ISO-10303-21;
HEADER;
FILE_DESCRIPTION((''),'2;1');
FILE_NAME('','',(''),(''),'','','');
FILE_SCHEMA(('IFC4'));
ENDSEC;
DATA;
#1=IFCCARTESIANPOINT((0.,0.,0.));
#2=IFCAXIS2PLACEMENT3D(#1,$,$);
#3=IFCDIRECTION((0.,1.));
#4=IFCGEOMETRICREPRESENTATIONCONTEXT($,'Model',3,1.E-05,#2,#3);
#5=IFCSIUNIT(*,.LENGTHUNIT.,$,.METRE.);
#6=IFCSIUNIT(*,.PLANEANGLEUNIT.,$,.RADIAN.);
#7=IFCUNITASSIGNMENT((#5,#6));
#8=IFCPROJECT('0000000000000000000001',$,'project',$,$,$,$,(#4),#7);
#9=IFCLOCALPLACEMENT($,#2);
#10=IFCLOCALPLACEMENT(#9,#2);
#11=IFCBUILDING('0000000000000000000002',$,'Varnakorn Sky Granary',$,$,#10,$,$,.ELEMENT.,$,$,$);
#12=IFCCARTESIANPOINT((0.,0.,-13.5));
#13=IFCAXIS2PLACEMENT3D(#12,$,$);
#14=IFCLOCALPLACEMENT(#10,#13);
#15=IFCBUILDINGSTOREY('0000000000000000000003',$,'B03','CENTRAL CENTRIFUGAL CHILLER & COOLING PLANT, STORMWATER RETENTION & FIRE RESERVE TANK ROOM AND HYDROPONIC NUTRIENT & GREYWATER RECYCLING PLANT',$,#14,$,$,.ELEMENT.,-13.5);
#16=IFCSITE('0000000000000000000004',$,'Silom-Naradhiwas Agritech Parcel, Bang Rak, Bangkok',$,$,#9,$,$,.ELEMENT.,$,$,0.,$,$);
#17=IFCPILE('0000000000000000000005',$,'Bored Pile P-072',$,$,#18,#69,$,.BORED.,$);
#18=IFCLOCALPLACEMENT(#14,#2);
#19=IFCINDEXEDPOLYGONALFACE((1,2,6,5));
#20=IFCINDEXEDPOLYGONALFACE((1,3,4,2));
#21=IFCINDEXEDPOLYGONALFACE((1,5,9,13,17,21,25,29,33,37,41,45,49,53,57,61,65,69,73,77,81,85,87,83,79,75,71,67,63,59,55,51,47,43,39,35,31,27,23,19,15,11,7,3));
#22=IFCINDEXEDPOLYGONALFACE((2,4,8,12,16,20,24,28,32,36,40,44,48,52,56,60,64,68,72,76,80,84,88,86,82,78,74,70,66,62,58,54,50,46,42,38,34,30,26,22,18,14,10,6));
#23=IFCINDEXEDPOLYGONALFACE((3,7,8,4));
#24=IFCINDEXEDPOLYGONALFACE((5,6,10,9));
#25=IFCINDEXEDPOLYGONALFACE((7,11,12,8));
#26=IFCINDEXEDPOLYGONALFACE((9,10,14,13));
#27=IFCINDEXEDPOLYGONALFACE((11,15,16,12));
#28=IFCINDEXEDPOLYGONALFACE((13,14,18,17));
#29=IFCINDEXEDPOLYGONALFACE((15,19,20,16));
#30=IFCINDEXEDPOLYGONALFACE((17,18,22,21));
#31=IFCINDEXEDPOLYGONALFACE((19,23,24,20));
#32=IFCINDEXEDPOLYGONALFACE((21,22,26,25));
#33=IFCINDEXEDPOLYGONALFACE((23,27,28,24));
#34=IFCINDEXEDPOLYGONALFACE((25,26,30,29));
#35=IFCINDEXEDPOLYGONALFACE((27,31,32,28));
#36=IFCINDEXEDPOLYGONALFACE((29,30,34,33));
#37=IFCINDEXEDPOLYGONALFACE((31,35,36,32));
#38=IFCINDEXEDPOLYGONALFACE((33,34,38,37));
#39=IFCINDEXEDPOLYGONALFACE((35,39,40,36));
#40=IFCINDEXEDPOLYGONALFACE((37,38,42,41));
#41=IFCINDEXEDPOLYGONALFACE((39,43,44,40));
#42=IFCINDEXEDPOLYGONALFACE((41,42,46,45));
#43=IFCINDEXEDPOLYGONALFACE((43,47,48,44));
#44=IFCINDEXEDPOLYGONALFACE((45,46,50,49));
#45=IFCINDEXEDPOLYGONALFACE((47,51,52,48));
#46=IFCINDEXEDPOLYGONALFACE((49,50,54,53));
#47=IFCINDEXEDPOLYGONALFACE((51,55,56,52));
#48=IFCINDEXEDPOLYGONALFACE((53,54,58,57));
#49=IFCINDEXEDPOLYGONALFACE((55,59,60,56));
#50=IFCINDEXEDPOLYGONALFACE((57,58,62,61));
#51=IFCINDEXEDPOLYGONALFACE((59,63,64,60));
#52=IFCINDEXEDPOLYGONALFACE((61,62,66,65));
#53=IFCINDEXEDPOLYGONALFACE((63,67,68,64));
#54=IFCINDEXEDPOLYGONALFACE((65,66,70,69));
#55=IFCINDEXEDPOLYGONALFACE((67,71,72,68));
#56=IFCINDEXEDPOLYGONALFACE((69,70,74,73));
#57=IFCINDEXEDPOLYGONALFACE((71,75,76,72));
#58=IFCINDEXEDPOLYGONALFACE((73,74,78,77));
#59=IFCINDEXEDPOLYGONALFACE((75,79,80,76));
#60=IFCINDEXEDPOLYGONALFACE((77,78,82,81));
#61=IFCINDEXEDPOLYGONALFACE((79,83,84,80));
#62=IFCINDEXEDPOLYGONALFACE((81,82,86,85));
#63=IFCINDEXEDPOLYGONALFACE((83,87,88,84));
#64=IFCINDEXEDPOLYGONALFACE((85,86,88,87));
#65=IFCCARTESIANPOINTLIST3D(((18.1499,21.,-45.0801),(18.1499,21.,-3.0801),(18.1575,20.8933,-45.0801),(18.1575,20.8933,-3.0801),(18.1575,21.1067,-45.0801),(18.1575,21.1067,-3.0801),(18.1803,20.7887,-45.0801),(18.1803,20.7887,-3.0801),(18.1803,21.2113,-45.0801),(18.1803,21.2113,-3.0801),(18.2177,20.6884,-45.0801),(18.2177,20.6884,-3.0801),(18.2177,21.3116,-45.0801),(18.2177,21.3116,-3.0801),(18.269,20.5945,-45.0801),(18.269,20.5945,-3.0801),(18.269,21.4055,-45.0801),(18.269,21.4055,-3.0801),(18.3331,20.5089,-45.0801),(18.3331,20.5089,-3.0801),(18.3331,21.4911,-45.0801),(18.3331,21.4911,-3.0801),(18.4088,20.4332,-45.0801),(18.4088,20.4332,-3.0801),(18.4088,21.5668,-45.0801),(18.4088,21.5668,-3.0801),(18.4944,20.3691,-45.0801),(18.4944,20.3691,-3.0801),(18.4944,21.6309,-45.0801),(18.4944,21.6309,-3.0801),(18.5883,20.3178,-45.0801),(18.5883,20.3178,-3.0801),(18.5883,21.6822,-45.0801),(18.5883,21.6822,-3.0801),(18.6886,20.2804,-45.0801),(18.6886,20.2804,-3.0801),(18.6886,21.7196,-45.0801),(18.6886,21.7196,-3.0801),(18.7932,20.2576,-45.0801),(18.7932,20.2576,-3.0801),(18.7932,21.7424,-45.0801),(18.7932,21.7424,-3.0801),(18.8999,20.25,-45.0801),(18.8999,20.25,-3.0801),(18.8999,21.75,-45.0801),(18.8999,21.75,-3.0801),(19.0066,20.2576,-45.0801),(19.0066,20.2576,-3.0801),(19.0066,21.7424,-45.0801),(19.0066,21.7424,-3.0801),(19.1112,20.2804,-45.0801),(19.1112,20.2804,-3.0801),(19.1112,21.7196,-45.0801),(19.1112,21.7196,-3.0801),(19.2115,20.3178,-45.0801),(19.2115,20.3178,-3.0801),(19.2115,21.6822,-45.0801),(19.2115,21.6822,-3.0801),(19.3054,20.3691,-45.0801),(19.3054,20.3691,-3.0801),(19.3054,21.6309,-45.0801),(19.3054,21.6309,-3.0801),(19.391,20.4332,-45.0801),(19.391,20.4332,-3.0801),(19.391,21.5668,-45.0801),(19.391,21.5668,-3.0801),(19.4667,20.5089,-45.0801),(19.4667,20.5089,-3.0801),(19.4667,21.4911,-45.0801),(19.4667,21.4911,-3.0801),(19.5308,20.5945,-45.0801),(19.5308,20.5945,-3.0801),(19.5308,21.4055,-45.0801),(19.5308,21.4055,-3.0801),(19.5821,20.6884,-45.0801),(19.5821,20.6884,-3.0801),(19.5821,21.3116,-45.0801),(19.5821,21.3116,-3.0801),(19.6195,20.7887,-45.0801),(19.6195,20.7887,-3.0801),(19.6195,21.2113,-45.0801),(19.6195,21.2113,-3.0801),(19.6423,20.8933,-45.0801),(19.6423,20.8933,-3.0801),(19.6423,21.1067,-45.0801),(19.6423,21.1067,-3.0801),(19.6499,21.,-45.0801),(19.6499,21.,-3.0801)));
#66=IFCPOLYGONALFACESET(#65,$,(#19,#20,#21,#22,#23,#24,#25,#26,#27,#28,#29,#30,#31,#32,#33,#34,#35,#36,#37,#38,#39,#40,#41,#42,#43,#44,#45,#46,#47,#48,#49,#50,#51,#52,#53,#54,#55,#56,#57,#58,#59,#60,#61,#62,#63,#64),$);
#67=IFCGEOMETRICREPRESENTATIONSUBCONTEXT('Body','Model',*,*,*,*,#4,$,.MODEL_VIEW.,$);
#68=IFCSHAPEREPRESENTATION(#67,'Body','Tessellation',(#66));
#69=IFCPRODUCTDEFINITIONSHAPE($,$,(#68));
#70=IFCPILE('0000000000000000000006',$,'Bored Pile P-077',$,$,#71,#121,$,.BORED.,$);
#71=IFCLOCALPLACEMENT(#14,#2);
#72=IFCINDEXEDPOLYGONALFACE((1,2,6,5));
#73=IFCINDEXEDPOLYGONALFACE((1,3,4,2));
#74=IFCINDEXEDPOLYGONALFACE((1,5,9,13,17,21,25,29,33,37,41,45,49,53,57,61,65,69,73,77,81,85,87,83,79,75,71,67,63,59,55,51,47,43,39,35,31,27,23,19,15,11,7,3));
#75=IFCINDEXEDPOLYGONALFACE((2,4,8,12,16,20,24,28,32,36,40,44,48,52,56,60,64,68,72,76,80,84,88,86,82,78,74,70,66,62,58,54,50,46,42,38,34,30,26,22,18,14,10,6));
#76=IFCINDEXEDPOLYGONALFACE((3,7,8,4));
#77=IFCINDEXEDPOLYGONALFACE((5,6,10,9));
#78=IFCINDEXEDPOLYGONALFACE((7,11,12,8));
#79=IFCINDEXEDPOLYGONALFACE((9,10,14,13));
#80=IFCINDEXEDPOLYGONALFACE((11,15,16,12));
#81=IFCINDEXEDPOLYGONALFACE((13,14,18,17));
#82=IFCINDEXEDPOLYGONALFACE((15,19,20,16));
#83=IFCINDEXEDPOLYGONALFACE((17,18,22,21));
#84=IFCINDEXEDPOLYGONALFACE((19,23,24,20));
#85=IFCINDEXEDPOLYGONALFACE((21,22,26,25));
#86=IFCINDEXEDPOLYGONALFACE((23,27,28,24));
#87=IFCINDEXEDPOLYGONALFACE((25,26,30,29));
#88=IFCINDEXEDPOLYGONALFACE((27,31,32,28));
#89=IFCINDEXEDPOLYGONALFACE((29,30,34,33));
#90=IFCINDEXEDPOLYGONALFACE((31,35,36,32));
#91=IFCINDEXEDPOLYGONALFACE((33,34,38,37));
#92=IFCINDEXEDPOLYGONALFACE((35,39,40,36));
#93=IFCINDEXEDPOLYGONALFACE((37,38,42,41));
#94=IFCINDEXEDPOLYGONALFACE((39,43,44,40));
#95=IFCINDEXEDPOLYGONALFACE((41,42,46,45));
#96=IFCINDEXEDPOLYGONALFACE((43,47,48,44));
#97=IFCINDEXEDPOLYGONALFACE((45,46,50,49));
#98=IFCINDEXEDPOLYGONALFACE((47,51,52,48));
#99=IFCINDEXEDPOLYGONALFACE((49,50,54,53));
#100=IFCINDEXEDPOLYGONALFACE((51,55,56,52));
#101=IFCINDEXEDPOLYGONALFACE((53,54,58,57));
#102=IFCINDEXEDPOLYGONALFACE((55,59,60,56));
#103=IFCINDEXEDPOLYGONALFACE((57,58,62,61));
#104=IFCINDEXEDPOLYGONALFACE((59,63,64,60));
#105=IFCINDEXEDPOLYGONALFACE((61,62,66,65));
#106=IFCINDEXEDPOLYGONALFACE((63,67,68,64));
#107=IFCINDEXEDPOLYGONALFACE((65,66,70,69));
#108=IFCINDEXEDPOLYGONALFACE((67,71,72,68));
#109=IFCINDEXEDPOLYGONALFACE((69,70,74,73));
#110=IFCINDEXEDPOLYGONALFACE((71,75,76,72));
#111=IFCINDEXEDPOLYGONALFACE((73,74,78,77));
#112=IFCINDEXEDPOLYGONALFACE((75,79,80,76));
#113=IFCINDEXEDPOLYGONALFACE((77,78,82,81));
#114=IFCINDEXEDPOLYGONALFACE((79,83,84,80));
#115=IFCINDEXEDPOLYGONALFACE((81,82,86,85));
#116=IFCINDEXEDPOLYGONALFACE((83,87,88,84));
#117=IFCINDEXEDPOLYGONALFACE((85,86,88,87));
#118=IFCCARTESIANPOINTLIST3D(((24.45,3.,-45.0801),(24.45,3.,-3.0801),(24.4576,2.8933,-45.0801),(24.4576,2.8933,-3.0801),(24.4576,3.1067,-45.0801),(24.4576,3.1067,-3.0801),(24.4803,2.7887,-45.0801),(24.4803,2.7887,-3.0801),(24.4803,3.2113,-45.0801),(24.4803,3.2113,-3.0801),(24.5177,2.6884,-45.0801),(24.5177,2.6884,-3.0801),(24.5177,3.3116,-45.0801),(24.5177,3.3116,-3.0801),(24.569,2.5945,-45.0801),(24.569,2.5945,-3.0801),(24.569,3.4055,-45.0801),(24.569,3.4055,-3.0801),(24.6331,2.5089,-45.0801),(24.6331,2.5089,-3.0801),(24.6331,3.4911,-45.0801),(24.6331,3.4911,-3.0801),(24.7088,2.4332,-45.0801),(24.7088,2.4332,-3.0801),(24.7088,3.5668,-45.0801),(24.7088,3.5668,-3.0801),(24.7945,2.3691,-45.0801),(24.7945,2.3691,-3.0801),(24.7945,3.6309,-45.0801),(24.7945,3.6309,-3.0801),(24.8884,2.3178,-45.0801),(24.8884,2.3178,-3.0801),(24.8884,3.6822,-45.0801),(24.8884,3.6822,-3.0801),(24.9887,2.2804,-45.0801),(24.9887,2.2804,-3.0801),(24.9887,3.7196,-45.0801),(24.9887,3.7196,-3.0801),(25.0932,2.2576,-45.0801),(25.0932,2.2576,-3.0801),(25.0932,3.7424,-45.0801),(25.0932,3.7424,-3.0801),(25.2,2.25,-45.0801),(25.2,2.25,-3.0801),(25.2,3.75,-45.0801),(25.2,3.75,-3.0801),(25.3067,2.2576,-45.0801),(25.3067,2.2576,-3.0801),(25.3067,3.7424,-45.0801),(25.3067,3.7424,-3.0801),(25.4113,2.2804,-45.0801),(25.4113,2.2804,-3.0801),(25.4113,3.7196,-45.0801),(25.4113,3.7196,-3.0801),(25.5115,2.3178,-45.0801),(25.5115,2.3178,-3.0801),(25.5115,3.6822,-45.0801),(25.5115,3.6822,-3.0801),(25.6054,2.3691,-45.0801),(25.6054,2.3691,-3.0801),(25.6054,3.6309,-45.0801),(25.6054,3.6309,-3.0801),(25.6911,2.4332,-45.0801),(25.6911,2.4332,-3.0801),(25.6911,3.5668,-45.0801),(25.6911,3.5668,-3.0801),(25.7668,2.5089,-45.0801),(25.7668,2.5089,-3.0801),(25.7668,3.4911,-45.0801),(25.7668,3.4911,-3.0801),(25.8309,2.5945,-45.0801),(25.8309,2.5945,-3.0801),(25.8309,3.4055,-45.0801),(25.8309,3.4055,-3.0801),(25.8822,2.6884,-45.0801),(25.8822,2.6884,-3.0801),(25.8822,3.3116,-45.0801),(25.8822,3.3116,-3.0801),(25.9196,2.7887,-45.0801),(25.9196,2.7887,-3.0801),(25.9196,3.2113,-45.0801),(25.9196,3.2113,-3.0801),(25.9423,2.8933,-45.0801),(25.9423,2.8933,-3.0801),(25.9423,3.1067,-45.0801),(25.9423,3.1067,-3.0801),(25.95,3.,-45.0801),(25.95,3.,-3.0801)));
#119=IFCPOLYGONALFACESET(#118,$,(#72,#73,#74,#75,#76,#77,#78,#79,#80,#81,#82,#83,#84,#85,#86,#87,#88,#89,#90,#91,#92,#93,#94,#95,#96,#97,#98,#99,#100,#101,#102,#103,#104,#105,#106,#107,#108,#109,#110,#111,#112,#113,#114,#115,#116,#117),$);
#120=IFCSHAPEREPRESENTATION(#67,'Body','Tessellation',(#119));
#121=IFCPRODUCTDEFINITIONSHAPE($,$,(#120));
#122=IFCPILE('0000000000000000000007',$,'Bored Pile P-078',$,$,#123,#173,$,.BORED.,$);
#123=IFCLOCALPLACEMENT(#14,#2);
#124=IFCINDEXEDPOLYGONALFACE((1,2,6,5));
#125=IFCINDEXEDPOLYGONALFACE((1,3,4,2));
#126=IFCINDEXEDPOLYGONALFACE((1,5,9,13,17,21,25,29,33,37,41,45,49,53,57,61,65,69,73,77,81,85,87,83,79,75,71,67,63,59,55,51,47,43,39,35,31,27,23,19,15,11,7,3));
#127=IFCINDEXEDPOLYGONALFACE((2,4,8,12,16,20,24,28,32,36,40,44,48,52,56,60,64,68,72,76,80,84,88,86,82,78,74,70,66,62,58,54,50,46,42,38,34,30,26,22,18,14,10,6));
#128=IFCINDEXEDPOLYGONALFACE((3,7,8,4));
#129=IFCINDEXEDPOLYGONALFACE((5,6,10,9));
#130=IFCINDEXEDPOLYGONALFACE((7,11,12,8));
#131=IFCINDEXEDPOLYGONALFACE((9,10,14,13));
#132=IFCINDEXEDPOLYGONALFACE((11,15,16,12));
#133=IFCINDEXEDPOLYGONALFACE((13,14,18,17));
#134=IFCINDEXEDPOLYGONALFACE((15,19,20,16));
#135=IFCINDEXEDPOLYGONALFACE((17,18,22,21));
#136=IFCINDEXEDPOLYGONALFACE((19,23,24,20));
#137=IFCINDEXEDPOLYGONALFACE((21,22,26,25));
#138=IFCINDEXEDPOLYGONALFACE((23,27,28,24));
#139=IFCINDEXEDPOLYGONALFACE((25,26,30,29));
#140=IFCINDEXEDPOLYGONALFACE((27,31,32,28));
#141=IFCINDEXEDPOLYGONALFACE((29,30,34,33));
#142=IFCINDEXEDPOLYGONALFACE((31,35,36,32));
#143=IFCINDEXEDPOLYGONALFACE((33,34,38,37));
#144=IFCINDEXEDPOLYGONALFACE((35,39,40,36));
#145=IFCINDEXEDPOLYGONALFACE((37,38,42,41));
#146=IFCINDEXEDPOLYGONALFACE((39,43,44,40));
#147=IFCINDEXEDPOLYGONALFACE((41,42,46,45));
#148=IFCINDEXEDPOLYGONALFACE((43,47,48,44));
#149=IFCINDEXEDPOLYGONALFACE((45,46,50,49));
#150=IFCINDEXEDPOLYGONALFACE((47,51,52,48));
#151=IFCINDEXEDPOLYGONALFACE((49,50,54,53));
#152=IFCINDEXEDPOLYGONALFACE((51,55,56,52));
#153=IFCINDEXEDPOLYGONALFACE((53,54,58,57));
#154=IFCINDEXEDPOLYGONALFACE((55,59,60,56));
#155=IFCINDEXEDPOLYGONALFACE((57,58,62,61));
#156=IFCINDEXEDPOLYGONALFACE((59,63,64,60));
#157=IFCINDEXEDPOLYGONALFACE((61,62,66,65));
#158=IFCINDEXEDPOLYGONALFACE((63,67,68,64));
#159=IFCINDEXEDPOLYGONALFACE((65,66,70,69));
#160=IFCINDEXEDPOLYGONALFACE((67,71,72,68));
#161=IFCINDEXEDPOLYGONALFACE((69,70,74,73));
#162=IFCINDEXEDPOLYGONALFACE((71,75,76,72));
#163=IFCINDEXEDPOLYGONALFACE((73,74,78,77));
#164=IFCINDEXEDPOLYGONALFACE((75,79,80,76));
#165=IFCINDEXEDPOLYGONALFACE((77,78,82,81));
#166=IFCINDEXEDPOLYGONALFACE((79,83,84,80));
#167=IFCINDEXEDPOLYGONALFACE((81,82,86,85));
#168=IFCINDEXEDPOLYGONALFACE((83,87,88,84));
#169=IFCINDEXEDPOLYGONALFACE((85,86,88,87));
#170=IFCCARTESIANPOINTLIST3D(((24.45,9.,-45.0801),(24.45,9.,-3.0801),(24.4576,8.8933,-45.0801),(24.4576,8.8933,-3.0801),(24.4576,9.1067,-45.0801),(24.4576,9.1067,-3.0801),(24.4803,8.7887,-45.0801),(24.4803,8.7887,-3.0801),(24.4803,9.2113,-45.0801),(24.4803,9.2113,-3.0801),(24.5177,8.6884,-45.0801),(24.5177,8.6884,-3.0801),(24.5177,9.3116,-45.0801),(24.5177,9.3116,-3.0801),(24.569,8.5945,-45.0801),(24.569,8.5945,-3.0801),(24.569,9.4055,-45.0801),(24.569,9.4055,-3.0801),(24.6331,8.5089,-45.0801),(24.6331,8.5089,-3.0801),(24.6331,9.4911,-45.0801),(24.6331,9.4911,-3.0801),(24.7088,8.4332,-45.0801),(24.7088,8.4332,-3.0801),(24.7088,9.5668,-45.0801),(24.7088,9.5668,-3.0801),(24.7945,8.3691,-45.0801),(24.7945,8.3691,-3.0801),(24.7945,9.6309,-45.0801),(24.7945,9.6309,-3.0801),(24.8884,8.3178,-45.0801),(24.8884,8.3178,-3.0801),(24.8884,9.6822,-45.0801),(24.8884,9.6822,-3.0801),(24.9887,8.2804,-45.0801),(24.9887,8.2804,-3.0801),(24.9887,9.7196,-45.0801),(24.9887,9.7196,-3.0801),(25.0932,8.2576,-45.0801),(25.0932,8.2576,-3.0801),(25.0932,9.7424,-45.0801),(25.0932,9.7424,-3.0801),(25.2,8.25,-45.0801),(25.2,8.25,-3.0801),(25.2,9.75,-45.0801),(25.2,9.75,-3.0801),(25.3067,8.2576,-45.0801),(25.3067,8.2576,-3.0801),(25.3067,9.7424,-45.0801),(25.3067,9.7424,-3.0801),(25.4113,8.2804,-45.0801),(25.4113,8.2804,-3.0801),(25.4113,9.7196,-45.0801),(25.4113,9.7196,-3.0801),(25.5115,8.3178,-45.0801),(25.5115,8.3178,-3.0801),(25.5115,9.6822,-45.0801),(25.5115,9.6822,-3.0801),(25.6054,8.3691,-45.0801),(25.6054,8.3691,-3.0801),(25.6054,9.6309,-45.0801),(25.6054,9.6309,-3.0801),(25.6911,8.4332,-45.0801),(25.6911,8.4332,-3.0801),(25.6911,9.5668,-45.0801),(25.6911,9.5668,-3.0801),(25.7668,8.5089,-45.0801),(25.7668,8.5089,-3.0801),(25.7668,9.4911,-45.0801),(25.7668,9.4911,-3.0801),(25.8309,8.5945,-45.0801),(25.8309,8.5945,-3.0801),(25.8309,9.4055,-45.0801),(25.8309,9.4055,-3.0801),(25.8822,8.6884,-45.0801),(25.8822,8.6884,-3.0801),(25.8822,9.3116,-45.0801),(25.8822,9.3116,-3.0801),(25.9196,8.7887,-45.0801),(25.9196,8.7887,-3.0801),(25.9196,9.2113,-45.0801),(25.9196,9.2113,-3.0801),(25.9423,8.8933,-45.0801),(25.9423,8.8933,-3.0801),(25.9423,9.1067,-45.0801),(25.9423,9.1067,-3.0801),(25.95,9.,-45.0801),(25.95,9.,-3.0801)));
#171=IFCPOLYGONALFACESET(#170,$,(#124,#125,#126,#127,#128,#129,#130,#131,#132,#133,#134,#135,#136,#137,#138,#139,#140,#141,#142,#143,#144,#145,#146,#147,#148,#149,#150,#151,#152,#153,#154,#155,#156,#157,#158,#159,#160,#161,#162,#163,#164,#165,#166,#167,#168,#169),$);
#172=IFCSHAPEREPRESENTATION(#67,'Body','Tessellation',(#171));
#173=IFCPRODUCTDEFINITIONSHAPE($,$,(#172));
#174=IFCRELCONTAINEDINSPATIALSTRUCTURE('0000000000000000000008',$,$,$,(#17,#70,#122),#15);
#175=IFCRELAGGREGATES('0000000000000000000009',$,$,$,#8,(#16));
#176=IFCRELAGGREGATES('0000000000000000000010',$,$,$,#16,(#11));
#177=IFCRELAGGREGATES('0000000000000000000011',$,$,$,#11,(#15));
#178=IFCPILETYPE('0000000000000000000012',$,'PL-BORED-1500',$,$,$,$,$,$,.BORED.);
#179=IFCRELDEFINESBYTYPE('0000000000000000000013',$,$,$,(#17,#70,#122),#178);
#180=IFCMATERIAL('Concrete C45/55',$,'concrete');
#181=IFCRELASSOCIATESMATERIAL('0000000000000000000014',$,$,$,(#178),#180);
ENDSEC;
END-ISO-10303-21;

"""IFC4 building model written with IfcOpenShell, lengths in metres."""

from ifc_helpers import new_model, si_unit, direction, frame, origin, origin_2d, place, context, subcontext, project, spatial, circle, extrude, material, material_profile, profile_set, type_object, element, save


model = new_model("IFC4")

# Units and contexts
model_context = context("Model", 3, precision=1e-05, world=origin(), true_north=direction((0.0, 1.0)))
body_context = subcontext(model_context, "Body", "Model", "MODEL_VIEW")
ifc_project = project(units=[si_unit("LENGTHUNIT", "METRE"), si_unit("PLANEANGLEUNIT", "RADIAN")], contexts=[model_context])

# Site, building, storey
site_placement = place(None, origin())
site = spatial("IfcSite", under=ifc_project, at=site_placement, Name="Silom-Naradhiwas Agritech Parcel, Bang Rak, Bangkok", CompositionType="ELEMENT", RefElevation=0.0)
building_placement = place(site_placement, origin())
building = spatial("IfcBuilding", under=site, at=building_placement, Name="Varnakorn Sky Granary", CompositionType="ELEMENT")
storey_placement = place(building_placement, frame((0.0, 0.0, -13.5)))
storey = spatial("IfcBuildingStorey", under=building, at=storey_placement, Name="B03", Description="CENTRAL CENTRIFUGAL CHILLER & COOLING PLANT, STORMWATER RETENTION & FIRE RESERVE TANK ROOM AND HYDROPONIC NUTRIENT & GREYWATER RECYCLING PLANT", CompositionType="ELEMENT", Elevation=-13.5)

# Piles
ifc_material_1 = material(Name="Concrete C45/55", Category="concrete")
ifc_material_profile_1 = material_profile(ifc_material_1, circle(Radius=0.75, at=origin_2d()), Name="PILE D1500")
ifc_profile_set_1 = profile_set([ifc_material_profile_1], Name="Concrete C45/55")
pile_type_1 = type_object("IfcPileType", Name="PL-BORED-1500", PredefinedType="BORED", material=ifc_profile_set_1)
for number, where, z_axis, x_axis, name in (
    (1, (18.8999, 21.0, -3.0801), (0.0, 0.0, -1.0), (1.0, 0.0, 0.0), "Bored Pile P-072"),
    (2, (25.2, 3.0, -3.0801), (0.0, 0.0, -1.0), (1.0, 0.0, 0.0), "Bored Pile P-077"),
    (3, (25.2, 9.0, -3.0801), (0.0, 0.0, -1.0), (1.0, 0.0, 0.0), "Bored Pile P-078"),
):
    element("IfcPile", number, at=place(storey_placement, frame(where, z_axis=z_axis, x_axis=x_axis)), inside=storey, type_object=pile_type_1, Name=name, PredefinedType="BORED", context=body_context, shape_type="SweptSolid", body=[
        extrude(circle(Radius=0.75, at=origin_2d()), origin(), (0.0, 0.0, 1.0), 42.0),
    ])

save(model, "model.ifc")
